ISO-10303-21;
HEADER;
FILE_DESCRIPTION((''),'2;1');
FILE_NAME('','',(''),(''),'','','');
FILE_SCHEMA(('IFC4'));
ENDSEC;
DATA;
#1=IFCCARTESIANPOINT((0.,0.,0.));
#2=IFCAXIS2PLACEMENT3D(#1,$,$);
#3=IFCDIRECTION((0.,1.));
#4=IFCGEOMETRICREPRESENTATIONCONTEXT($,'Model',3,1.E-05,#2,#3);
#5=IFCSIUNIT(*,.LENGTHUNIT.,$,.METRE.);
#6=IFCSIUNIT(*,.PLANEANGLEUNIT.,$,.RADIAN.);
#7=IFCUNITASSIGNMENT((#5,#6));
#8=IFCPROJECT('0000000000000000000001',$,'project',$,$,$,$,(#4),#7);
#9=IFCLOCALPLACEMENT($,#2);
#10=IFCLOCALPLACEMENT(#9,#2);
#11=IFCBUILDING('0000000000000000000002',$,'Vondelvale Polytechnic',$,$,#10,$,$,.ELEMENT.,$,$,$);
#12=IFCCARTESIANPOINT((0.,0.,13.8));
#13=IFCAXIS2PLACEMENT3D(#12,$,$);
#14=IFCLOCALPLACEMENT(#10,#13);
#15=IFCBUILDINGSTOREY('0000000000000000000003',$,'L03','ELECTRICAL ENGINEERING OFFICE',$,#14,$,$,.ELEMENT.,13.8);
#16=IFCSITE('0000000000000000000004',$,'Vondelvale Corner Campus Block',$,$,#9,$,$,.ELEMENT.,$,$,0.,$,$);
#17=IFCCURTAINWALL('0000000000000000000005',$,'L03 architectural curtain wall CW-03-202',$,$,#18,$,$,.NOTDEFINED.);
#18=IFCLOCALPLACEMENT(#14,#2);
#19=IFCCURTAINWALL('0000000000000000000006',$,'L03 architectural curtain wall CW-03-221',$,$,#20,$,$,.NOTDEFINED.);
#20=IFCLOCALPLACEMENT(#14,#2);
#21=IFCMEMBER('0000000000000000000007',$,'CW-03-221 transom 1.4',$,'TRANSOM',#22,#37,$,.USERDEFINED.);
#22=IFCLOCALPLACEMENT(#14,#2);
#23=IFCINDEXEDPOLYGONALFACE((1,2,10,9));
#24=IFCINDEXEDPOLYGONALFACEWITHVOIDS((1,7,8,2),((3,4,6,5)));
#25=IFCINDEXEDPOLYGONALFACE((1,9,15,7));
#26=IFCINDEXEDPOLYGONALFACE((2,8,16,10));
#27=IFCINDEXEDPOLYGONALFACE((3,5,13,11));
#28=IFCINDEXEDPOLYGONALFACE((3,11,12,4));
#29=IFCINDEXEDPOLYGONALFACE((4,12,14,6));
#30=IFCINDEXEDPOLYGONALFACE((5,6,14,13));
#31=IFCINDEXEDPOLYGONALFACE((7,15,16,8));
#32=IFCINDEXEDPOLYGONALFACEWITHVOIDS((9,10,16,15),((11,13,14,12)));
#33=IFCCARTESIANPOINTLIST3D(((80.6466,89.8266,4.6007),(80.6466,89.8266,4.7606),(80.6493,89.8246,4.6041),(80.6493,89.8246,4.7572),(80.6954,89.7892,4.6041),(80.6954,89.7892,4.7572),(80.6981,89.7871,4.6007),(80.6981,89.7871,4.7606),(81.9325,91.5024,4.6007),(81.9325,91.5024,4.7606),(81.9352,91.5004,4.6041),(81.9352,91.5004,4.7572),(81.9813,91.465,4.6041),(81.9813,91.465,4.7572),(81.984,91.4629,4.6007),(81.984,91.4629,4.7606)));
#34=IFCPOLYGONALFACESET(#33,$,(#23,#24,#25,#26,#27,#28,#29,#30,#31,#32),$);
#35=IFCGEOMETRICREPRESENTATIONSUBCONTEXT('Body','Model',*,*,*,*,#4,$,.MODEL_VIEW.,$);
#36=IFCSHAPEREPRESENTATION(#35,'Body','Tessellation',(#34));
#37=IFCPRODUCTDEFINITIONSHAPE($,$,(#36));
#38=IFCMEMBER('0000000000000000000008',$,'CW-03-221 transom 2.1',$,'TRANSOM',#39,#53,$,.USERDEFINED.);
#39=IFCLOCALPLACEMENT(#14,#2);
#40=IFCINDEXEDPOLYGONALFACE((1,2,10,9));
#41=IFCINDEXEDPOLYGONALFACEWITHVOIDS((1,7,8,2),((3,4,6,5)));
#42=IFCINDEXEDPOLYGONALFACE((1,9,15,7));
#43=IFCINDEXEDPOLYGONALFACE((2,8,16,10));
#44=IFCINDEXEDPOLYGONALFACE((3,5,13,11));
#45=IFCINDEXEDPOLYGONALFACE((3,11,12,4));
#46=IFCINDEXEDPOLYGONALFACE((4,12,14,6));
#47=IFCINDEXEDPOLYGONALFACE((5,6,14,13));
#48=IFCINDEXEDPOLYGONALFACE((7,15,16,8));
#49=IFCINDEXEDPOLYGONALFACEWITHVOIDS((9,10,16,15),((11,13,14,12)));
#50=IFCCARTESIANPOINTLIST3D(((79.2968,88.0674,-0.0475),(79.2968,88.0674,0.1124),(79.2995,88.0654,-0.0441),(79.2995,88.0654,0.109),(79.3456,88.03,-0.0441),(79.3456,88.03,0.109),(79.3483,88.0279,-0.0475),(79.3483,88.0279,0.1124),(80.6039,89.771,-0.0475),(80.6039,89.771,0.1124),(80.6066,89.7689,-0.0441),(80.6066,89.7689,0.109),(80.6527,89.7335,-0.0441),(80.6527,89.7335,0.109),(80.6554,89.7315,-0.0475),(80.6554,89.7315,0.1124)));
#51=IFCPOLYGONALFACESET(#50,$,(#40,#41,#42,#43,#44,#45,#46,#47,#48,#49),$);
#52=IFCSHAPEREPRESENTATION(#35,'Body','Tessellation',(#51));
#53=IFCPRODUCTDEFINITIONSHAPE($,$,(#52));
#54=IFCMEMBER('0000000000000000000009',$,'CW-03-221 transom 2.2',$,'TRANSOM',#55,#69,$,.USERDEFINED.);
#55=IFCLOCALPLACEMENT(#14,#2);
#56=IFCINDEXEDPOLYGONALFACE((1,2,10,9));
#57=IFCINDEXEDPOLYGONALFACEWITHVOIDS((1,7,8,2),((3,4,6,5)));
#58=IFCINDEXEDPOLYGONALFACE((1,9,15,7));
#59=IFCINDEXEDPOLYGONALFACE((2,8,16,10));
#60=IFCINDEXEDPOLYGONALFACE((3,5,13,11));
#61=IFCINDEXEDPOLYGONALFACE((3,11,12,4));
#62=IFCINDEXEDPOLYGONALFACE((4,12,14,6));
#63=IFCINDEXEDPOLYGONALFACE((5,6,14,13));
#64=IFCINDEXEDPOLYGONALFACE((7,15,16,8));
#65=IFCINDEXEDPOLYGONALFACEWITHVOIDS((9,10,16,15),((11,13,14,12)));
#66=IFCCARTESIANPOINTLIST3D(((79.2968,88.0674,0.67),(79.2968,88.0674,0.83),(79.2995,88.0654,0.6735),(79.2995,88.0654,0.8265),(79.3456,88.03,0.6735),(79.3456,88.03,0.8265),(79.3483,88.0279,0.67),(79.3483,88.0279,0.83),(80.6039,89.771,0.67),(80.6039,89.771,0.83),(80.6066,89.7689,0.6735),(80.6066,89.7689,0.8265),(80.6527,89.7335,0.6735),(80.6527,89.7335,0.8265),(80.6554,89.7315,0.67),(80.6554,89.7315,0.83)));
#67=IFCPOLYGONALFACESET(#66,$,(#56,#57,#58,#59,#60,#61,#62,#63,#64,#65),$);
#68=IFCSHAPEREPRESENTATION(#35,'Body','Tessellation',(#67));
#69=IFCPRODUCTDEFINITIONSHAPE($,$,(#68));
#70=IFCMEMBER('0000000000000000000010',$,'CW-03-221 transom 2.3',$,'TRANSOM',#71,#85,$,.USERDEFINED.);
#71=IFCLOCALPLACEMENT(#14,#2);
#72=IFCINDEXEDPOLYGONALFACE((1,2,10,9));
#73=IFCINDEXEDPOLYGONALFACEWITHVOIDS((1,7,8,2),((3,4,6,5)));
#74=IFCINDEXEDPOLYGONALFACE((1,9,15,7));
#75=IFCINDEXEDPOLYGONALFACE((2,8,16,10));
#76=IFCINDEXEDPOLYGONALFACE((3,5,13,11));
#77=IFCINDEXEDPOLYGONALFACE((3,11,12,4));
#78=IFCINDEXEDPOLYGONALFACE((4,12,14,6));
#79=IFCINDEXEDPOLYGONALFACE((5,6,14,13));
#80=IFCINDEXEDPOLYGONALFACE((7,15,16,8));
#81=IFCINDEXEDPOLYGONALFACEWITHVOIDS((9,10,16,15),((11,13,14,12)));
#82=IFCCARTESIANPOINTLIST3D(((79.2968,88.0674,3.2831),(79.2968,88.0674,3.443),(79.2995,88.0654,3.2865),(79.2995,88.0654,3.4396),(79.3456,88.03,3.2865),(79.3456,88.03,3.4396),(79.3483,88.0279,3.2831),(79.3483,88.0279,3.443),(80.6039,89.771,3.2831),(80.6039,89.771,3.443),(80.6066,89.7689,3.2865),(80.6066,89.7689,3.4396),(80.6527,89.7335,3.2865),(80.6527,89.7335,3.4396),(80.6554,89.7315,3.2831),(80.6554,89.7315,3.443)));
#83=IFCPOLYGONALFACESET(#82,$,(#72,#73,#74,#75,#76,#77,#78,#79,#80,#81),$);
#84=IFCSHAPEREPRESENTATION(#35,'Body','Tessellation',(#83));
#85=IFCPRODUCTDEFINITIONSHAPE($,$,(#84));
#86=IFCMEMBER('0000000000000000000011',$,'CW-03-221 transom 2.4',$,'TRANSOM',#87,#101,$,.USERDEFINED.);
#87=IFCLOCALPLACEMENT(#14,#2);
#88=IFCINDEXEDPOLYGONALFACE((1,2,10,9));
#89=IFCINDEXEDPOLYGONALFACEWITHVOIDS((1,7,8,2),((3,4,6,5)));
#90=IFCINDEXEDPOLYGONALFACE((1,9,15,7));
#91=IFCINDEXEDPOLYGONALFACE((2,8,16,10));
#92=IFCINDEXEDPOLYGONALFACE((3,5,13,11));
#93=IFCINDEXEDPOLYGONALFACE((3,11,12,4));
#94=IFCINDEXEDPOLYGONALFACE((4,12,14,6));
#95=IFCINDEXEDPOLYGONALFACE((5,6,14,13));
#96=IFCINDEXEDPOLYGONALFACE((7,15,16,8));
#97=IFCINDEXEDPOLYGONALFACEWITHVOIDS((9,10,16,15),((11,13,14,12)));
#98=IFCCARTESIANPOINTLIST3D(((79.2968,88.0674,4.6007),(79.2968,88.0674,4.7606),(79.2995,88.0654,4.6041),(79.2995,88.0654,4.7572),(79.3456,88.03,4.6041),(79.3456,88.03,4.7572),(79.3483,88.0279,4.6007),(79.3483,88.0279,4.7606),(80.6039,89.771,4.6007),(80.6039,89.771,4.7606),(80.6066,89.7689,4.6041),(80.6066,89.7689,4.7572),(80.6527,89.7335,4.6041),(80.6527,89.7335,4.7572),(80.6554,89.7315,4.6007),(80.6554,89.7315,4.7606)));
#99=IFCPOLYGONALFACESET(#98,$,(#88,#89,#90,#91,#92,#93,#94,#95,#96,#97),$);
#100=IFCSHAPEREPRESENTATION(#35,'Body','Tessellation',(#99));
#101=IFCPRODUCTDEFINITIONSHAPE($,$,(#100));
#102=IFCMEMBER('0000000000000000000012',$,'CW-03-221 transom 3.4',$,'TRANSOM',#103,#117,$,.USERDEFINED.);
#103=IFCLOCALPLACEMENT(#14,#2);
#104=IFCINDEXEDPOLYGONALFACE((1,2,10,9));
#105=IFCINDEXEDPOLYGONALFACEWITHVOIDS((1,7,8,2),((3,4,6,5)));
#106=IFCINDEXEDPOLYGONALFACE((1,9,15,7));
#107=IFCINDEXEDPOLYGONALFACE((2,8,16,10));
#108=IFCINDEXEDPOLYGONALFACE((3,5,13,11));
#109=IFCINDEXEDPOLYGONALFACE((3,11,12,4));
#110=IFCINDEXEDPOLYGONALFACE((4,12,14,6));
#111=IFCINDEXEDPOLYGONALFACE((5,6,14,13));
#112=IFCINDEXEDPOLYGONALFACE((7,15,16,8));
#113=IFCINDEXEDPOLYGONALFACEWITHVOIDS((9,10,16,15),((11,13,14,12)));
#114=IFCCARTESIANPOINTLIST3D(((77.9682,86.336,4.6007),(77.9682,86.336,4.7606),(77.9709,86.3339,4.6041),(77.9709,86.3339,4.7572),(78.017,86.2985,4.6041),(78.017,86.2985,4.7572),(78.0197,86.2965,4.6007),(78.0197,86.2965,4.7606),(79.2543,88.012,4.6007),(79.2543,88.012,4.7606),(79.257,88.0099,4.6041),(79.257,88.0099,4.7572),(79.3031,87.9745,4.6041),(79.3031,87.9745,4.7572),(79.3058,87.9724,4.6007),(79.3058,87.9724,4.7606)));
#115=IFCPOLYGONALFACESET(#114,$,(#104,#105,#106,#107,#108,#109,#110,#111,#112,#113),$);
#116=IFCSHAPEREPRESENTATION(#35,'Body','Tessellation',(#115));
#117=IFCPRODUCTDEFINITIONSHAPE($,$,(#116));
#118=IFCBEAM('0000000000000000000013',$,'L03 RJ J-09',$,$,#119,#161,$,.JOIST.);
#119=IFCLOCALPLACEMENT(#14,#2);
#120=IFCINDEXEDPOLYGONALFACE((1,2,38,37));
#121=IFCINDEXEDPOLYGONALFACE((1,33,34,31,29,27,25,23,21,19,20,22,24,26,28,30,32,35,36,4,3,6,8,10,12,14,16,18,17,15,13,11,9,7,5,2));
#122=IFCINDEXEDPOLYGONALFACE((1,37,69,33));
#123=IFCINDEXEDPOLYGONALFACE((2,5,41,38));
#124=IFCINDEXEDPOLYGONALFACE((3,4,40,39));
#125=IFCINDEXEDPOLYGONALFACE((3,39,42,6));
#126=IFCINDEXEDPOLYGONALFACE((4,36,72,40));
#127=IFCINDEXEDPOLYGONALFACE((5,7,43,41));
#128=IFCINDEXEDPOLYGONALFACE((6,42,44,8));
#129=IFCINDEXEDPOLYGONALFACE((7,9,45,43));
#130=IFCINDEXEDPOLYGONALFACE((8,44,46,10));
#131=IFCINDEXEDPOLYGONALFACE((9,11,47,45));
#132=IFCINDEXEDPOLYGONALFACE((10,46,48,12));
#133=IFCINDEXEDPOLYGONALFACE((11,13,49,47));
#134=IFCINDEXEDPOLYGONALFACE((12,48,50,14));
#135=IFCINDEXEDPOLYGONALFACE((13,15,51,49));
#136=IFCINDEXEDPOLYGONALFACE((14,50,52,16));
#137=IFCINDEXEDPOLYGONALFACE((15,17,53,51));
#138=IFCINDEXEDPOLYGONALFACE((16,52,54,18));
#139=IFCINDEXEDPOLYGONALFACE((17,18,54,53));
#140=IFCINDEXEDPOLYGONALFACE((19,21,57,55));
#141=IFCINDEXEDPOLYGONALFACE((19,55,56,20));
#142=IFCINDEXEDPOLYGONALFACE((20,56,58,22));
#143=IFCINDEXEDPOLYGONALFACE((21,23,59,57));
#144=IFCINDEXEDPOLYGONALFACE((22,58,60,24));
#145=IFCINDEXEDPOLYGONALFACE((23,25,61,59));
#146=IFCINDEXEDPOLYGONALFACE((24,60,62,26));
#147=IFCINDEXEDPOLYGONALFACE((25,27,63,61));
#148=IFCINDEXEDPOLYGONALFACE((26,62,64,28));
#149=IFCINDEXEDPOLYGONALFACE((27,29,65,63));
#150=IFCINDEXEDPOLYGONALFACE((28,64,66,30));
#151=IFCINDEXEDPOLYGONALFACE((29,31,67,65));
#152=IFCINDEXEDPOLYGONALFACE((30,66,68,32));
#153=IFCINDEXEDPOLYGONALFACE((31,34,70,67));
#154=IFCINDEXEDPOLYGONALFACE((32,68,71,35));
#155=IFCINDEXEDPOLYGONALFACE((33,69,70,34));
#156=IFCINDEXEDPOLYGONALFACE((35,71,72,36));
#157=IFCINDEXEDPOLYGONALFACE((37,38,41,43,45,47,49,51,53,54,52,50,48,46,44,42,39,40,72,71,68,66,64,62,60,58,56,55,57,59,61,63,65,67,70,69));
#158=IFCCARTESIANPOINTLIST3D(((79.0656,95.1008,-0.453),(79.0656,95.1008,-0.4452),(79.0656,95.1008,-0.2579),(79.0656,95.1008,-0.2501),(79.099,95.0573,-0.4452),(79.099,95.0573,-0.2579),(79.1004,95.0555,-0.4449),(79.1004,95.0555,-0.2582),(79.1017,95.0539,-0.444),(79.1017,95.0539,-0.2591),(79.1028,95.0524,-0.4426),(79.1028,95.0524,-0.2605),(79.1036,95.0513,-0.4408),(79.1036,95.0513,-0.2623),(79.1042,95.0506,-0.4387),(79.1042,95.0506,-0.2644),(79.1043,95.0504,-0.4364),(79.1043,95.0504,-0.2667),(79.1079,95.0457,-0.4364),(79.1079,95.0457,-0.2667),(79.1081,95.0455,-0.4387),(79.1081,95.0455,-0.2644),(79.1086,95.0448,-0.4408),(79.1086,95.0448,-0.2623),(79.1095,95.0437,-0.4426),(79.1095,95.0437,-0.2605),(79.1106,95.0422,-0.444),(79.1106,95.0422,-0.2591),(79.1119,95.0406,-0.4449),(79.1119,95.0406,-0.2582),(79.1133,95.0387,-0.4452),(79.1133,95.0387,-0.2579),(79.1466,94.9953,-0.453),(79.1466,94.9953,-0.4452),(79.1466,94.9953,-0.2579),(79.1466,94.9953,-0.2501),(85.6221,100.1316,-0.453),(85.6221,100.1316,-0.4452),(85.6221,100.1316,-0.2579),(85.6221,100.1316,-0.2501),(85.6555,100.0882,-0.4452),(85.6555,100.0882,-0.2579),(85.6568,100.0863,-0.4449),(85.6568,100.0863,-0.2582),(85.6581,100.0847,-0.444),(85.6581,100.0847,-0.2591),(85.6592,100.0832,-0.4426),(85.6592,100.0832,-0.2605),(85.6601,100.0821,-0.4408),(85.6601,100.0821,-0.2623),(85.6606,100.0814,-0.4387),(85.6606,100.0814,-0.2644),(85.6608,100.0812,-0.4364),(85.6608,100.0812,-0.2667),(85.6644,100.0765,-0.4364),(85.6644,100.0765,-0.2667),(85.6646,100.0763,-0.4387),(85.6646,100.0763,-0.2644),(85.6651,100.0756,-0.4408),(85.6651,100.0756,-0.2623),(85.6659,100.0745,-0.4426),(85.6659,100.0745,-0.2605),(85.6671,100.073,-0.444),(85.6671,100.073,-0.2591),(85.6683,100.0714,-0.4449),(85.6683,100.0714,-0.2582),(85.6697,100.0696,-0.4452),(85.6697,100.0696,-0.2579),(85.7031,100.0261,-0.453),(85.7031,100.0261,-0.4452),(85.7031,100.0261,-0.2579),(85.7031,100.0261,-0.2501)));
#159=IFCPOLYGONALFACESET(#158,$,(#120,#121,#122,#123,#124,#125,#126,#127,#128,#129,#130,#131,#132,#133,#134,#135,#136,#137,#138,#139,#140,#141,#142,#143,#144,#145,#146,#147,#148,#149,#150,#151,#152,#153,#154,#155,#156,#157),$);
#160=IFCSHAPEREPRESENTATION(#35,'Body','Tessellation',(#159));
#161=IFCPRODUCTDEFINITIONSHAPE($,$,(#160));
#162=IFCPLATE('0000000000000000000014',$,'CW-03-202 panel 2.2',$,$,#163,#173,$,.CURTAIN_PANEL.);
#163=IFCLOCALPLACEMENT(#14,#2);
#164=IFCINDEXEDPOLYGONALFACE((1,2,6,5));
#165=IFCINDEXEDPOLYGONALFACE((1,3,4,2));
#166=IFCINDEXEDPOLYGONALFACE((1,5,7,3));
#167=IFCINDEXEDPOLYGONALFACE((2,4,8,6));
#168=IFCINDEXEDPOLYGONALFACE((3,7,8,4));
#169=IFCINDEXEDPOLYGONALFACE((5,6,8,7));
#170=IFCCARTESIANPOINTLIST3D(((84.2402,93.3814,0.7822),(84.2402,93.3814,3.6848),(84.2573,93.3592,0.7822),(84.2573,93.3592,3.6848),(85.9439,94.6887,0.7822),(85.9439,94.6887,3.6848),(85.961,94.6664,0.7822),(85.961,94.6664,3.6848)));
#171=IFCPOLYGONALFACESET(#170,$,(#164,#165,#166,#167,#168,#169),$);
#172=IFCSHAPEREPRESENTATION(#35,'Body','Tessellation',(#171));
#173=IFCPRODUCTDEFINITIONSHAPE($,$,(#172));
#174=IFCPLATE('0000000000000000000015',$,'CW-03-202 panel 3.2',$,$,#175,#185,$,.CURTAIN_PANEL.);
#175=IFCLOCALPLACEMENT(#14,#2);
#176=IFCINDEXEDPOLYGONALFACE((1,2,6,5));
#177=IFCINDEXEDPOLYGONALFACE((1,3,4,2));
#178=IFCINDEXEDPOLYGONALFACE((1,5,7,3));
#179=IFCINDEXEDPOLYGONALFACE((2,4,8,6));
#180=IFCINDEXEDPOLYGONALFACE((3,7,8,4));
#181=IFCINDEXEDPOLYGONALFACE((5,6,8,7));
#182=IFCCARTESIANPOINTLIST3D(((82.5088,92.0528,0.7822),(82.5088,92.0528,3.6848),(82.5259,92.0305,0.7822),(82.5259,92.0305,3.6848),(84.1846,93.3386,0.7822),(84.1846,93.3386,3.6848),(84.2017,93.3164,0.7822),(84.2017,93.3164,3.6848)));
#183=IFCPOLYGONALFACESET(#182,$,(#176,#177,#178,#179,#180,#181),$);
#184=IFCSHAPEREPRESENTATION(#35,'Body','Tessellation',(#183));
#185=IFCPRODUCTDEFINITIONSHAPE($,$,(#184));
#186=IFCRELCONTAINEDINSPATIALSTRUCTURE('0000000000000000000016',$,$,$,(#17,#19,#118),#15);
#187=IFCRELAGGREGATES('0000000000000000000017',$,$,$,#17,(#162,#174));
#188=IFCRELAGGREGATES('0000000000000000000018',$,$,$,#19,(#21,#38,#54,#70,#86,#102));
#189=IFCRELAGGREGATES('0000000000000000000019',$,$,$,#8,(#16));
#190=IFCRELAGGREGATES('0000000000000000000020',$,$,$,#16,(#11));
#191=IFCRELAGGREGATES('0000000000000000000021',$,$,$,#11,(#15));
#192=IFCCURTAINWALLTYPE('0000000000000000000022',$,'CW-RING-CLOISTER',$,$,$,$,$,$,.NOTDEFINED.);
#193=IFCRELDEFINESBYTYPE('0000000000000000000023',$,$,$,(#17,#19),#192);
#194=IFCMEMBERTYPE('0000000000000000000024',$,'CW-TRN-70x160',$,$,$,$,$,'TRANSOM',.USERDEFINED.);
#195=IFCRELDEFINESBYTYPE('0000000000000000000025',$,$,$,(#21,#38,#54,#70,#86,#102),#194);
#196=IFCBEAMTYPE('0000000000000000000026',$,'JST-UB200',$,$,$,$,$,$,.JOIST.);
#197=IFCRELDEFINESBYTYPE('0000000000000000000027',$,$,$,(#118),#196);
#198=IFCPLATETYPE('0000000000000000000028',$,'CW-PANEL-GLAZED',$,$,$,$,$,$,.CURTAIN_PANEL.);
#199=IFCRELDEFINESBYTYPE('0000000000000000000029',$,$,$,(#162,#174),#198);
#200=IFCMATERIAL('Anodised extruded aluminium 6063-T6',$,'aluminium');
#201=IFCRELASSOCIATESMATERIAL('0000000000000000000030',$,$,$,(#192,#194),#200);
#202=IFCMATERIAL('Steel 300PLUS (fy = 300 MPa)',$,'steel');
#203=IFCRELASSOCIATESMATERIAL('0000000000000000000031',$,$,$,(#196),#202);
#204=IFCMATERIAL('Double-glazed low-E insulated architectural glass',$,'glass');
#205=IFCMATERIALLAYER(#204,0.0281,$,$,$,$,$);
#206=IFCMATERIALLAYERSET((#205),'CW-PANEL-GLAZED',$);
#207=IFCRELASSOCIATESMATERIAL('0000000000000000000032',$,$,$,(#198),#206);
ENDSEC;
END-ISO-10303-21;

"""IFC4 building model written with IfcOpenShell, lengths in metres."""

from ifc_helpers import new_model, si_unit, direction, frame, origin, origin_2d, place, context, subcontext, project, spatial, rectangle, hollow_rectangle, i_section, extrude, material, layer, layer_set, material_profile, profile_set, type_object, element, aggregate, save


model = new_model("IFC4")

# Units and contexts
model_context = context("Model", 3, precision=1e-05, world=origin(), true_north=direction((0.0, 1.0)))
body_context = subcontext(model_context, "Body", "Model", "MODEL_VIEW")
ifc_project = project(units=[si_unit("LENGTHUNIT", "METRE"), si_unit("PLANEANGLEUNIT", "RADIAN")], contexts=[model_context])

# Site, building, storey
site_placement = place(None, origin())
site = spatial("IfcSite", under=ifc_project, at=site_placement, Name="Vondelvale Corner Campus Block", CompositionType="ELEMENT", RefElevation=0.0)
building_placement = place(site_placement, origin())
building = spatial("IfcBuilding", under=site, at=building_placement, Name="Vondelvale Polytechnic", CompositionType="ELEMENT")
storey_placement = place(building_placement, frame((0.0, 0.0, 13.8)))
storey = spatial("IfcBuildingStorey", under=building, at=storey_placement, Name="L03", Description="ELECTRICAL ENGINEERING OFFICE", CompositionType="ELEMENT", Elevation=13.8)

# Shared definitions
ifc_material_1 = material(Name="Steel 300PLUS (fy = 300 MPa)", Category="steel")

# Curtain walls
ifc_material_2 = material(Name="Anodised extruded aluminium 6063-T6", Category="aluminium")
curtain_wall_type = type_object("IfcCurtainWallType", Name="CW-RING-CLOISTER", PredefinedType="NOTDEFINED", material=ifc_material_2)
curtain_wall_1_placement = place(storey_placement, origin())
curtain_wall_1 = element("IfcCurtainWall", 1, at=curtain_wall_1_placement, inside=storey, type_object=curtain_wall_type, Name="L03 architectural curtain wall CW-03-202", PredefinedType="NOTDEFINED")
curtain_wall_2_placement = place(storey_placement, origin())
curtain_wall_2 = element("IfcCurtainWall", 2, at=curtain_wall_2_placement, inside=storey, type_object=curtain_wall_type, Name="L03 architectural curtain wall CW-03-221", PredefinedType="NOTDEFINED")

# Members
ifc_material_profile_1 = material_profile(ifc_material_2, hollow_rectangle(XDim=0.0649, YDim=0.1599, WallThickness=0.0034, at=origin_2d()), Name="CW-TRN-160x65")
ifc_profile_set_1 = profile_set([ifc_material_profile_1], Name="Anodised extruded aluminium 6063-T6")
member_type_1 = type_object("IfcMemberType", Name="CW-TRN-70x160", ElementType="TRANSOM", PredefinedType="USERDEFINED", material=ifc_profile_set_1)
member_1_placement = place(storey_placement, frame((81.9583, 91.4827, 4.6807), z_axis=(-0.608766, -0.79335, 0.0), x_axis=(0.79335, -0.608766, 0.0)))
member_1 = element("IfcMember", 3, at=member_1_placement, type_object=member_type_1, Name="CW-03-221 transom 1.4", ObjectType="TRANSOM", PredefinedType="USERDEFINED", context=body_context, shape_type="SweptSolid", body=[
    extrude(hollow_rectangle(XDim=0.0649, YDim=0.1599, WallThickness=0.0034, at=origin_2d()), origin(), (0.0, 0.0, 1.0), 2.1123),
])
member_2_placement = place(storey_placement, frame((80.6296, 89.7512, 0.0325), z_axis=(-0.608732, -0.793376, 0.0), x_axis=(0.793376, -0.608732, 0.0)))
member_2 = element("IfcMember", 4, at=member_2_placement, type_object=member_type_1, Name="CW-03-221 transom 2.1", ObjectType="TRANSOM", PredefinedType="USERDEFINED", context=body_context, shape_type="SweptSolid", body=[
    extrude(hollow_rectangle(XDim=0.0649, YDim=0.1599, WallThickness=0.0034, at=origin_2d()), origin(), (0.0, 0.0, 1.0), 2.1472),
])
member_3_placement = place(storey_placement, frame((80.6296, 89.7512, 0.75), z_axis=(-0.608732, -0.793376, 0.0), x_axis=(0.793376, -0.608732, 0.0)))
member_3 = element("IfcMember", 5, at=member_3_placement, type_object=member_type_1, Name="CW-03-221 transom 2.2", ObjectType="TRANSOM", PredefinedType="USERDEFINED", context=body_context, shape_type="SweptSolid", body=[
    extrude(hollow_rectangle(XDim=0.0649, YDim=0.1599, WallThickness=0.0034, at=origin_2d()), origin(), (0.0, 0.0, 1.0), 2.1472),
])
member_4_placement = place(storey_placement, frame((80.6296, 89.7512, 3.363), z_axis=(-0.608732, -0.793376, 0.0), x_axis=(0.793376, -0.608732, 0.0)))
member_4 = element("IfcMember", 6, at=member_4_placement, type_object=member_type_1, Name="CW-03-221 transom 2.3", ObjectType="TRANSOM", PredefinedType="USERDEFINED", context=body_context, shape_type="SweptSolid", body=[
    extrude(hollow_rectangle(XDim=0.0649, YDim=0.1599, WallThickness=0.0034, at=origin_2d()), origin(), (0.0, 0.0, 1.0), 2.1472),
])
member_5_placement = place(storey_placement, frame((80.6296, 89.7512, 4.6807), z_axis=(-0.608732, -0.793376, 0.0), x_axis=(0.793376, -0.608732, 0.0)))
member_5 = element("IfcMember", 7, at=member_5_placement, type_object=member_type_1, Name="CW-03-221 transom 2.4", ObjectType="TRANSOM", PredefinedType="USERDEFINED", context=body_context, shape_type="SweptSolid", body=[
    extrude(hollow_rectangle(XDim=0.0649, YDim=0.1599, WallThickness=0.0034, at=origin_2d()), origin(), (0.0, 0.0, 1.0), 2.1472),
])
member_6_placement = place(storey_placement, frame((79.28, 87.9922, 4.6807), z_axis=(-0.608783, -0.793337, 0.0), x_axis=(0.793337, -0.608783, 0.0)))
member_6 = element("IfcMember", 8, at=member_6_placement, type_object=member_type_1, Name="CW-03-221 transom 3.4", ObjectType="TRANSOM", PredefinedType="USERDEFINED", context=body_context, shape_type="SweptSolid", body=[
    extrude(hollow_rectangle(XDim=0.0649, YDim=0.1599, WallThickness=0.0034, at=origin_2d()), origin(), (0.0, 0.0, 1.0), 2.1125),
])

# Beam
ifc_material_profile_2 = material_profile(ifc_material_1, i_section(OverallWidth=0.1331, OverallDepth=0.2029, WebThickness=0.0059, FlangeThickness=0.0078, FilletRadius=0.0088, at=origin_2d()), Name="200UB25.4")
ifc_profile_set_2 = profile_set([ifc_material_profile_2], Name="Steel 300PLUS (fy = 300 MPa)")
beam_type_1 = type_object("IfcBeamType", Name="JST-UB200", PredefinedType="JOIST", material=ifc_profile_set_2)
beam_1_placement = place(storey_placement, frame((85.6626, 100.0789, -0.3516), z_axis=(-0.793361, -0.608751, 0.0), x_axis=(0.608751, -0.793361, 0.0)))
element("IfcBeam", 9, at=beam_1_placement, inside=storey, type_object=beam_type_1, Name="L03 RJ J-09", PredefinedType="JOIST", context=body_context, shape_type="SweptSolid", body=[
    extrude(i_section(OverallWidth=0.1331, OverallDepth=0.2029, WebThickness=0.0059, FlangeThickness=0.0078, FilletRadius=0.0088, at=origin_2d()), origin(), (0.0, 0.0, 1.0), 8.2642),
])

# Plates
ifc_material_3 = material(Name="Double-glazed low-E insulated architectural glass", Category="glass")
ifc_layer_1 = layer(ifc_material_3, 0.0281)
ifc_layer_set_1 = layer_set([ifc_layer_1], Name="CW-PANEL-GLAZED")
plate_type_1 = type_object("IfcPlateType", Name="CW-PANEL-GLAZED", PredefinedType="CURTAIN_PANEL", material=ifc_layer_set_1)
plate_1_placement = place(storey_placement, frame((85.1006, 94.0239, 0.7822), z_axis=(0.0, 0.0, 1.0), x_axis=(-0.793364, -0.608748, 0.0)))
plate_1 = element("IfcPlate", 10, at=plate_1_placement, type_object=plate_type_1, Name="CW-03-202 panel 2.2", PredefinedType="CURTAIN_PANEL", context=body_context, shape_type="SweptSolid", body=[
    extrude(rectangle(XDim=2.1475, YDim=0.0281, at=origin_2d()), origin(), (0.0, 0.0, 1.0), 2.9026),
])
plate_2_placement = place(storey_placement, frame((83.3552, 92.6846, 0.7822), z_axis=(0.0, 0.0, 1.0), x_axis=(-0.793364, -0.608748, 0.0)))
plate_2 = element("IfcPlate", 11, at=plate_2_placement, type_object=plate_type_1, Name="CW-03-202 panel 3.2", PredefinedType="CURTAIN_PANEL", context=body_context, shape_type="SweptSolid", body=[
    extrude(rectangle(XDim=2.1123, YDim=0.0281, at=origin_2d()), origin(), (0.0, 0.0, 1.0), 2.9026),
])
aggregate(curtain_wall_1, [plate_1, plate_2])
aggregate(curtain_wall_2, [member_1, member_2, member_3, member_4, member_5, member_6])

save(model, "model.ifc")
